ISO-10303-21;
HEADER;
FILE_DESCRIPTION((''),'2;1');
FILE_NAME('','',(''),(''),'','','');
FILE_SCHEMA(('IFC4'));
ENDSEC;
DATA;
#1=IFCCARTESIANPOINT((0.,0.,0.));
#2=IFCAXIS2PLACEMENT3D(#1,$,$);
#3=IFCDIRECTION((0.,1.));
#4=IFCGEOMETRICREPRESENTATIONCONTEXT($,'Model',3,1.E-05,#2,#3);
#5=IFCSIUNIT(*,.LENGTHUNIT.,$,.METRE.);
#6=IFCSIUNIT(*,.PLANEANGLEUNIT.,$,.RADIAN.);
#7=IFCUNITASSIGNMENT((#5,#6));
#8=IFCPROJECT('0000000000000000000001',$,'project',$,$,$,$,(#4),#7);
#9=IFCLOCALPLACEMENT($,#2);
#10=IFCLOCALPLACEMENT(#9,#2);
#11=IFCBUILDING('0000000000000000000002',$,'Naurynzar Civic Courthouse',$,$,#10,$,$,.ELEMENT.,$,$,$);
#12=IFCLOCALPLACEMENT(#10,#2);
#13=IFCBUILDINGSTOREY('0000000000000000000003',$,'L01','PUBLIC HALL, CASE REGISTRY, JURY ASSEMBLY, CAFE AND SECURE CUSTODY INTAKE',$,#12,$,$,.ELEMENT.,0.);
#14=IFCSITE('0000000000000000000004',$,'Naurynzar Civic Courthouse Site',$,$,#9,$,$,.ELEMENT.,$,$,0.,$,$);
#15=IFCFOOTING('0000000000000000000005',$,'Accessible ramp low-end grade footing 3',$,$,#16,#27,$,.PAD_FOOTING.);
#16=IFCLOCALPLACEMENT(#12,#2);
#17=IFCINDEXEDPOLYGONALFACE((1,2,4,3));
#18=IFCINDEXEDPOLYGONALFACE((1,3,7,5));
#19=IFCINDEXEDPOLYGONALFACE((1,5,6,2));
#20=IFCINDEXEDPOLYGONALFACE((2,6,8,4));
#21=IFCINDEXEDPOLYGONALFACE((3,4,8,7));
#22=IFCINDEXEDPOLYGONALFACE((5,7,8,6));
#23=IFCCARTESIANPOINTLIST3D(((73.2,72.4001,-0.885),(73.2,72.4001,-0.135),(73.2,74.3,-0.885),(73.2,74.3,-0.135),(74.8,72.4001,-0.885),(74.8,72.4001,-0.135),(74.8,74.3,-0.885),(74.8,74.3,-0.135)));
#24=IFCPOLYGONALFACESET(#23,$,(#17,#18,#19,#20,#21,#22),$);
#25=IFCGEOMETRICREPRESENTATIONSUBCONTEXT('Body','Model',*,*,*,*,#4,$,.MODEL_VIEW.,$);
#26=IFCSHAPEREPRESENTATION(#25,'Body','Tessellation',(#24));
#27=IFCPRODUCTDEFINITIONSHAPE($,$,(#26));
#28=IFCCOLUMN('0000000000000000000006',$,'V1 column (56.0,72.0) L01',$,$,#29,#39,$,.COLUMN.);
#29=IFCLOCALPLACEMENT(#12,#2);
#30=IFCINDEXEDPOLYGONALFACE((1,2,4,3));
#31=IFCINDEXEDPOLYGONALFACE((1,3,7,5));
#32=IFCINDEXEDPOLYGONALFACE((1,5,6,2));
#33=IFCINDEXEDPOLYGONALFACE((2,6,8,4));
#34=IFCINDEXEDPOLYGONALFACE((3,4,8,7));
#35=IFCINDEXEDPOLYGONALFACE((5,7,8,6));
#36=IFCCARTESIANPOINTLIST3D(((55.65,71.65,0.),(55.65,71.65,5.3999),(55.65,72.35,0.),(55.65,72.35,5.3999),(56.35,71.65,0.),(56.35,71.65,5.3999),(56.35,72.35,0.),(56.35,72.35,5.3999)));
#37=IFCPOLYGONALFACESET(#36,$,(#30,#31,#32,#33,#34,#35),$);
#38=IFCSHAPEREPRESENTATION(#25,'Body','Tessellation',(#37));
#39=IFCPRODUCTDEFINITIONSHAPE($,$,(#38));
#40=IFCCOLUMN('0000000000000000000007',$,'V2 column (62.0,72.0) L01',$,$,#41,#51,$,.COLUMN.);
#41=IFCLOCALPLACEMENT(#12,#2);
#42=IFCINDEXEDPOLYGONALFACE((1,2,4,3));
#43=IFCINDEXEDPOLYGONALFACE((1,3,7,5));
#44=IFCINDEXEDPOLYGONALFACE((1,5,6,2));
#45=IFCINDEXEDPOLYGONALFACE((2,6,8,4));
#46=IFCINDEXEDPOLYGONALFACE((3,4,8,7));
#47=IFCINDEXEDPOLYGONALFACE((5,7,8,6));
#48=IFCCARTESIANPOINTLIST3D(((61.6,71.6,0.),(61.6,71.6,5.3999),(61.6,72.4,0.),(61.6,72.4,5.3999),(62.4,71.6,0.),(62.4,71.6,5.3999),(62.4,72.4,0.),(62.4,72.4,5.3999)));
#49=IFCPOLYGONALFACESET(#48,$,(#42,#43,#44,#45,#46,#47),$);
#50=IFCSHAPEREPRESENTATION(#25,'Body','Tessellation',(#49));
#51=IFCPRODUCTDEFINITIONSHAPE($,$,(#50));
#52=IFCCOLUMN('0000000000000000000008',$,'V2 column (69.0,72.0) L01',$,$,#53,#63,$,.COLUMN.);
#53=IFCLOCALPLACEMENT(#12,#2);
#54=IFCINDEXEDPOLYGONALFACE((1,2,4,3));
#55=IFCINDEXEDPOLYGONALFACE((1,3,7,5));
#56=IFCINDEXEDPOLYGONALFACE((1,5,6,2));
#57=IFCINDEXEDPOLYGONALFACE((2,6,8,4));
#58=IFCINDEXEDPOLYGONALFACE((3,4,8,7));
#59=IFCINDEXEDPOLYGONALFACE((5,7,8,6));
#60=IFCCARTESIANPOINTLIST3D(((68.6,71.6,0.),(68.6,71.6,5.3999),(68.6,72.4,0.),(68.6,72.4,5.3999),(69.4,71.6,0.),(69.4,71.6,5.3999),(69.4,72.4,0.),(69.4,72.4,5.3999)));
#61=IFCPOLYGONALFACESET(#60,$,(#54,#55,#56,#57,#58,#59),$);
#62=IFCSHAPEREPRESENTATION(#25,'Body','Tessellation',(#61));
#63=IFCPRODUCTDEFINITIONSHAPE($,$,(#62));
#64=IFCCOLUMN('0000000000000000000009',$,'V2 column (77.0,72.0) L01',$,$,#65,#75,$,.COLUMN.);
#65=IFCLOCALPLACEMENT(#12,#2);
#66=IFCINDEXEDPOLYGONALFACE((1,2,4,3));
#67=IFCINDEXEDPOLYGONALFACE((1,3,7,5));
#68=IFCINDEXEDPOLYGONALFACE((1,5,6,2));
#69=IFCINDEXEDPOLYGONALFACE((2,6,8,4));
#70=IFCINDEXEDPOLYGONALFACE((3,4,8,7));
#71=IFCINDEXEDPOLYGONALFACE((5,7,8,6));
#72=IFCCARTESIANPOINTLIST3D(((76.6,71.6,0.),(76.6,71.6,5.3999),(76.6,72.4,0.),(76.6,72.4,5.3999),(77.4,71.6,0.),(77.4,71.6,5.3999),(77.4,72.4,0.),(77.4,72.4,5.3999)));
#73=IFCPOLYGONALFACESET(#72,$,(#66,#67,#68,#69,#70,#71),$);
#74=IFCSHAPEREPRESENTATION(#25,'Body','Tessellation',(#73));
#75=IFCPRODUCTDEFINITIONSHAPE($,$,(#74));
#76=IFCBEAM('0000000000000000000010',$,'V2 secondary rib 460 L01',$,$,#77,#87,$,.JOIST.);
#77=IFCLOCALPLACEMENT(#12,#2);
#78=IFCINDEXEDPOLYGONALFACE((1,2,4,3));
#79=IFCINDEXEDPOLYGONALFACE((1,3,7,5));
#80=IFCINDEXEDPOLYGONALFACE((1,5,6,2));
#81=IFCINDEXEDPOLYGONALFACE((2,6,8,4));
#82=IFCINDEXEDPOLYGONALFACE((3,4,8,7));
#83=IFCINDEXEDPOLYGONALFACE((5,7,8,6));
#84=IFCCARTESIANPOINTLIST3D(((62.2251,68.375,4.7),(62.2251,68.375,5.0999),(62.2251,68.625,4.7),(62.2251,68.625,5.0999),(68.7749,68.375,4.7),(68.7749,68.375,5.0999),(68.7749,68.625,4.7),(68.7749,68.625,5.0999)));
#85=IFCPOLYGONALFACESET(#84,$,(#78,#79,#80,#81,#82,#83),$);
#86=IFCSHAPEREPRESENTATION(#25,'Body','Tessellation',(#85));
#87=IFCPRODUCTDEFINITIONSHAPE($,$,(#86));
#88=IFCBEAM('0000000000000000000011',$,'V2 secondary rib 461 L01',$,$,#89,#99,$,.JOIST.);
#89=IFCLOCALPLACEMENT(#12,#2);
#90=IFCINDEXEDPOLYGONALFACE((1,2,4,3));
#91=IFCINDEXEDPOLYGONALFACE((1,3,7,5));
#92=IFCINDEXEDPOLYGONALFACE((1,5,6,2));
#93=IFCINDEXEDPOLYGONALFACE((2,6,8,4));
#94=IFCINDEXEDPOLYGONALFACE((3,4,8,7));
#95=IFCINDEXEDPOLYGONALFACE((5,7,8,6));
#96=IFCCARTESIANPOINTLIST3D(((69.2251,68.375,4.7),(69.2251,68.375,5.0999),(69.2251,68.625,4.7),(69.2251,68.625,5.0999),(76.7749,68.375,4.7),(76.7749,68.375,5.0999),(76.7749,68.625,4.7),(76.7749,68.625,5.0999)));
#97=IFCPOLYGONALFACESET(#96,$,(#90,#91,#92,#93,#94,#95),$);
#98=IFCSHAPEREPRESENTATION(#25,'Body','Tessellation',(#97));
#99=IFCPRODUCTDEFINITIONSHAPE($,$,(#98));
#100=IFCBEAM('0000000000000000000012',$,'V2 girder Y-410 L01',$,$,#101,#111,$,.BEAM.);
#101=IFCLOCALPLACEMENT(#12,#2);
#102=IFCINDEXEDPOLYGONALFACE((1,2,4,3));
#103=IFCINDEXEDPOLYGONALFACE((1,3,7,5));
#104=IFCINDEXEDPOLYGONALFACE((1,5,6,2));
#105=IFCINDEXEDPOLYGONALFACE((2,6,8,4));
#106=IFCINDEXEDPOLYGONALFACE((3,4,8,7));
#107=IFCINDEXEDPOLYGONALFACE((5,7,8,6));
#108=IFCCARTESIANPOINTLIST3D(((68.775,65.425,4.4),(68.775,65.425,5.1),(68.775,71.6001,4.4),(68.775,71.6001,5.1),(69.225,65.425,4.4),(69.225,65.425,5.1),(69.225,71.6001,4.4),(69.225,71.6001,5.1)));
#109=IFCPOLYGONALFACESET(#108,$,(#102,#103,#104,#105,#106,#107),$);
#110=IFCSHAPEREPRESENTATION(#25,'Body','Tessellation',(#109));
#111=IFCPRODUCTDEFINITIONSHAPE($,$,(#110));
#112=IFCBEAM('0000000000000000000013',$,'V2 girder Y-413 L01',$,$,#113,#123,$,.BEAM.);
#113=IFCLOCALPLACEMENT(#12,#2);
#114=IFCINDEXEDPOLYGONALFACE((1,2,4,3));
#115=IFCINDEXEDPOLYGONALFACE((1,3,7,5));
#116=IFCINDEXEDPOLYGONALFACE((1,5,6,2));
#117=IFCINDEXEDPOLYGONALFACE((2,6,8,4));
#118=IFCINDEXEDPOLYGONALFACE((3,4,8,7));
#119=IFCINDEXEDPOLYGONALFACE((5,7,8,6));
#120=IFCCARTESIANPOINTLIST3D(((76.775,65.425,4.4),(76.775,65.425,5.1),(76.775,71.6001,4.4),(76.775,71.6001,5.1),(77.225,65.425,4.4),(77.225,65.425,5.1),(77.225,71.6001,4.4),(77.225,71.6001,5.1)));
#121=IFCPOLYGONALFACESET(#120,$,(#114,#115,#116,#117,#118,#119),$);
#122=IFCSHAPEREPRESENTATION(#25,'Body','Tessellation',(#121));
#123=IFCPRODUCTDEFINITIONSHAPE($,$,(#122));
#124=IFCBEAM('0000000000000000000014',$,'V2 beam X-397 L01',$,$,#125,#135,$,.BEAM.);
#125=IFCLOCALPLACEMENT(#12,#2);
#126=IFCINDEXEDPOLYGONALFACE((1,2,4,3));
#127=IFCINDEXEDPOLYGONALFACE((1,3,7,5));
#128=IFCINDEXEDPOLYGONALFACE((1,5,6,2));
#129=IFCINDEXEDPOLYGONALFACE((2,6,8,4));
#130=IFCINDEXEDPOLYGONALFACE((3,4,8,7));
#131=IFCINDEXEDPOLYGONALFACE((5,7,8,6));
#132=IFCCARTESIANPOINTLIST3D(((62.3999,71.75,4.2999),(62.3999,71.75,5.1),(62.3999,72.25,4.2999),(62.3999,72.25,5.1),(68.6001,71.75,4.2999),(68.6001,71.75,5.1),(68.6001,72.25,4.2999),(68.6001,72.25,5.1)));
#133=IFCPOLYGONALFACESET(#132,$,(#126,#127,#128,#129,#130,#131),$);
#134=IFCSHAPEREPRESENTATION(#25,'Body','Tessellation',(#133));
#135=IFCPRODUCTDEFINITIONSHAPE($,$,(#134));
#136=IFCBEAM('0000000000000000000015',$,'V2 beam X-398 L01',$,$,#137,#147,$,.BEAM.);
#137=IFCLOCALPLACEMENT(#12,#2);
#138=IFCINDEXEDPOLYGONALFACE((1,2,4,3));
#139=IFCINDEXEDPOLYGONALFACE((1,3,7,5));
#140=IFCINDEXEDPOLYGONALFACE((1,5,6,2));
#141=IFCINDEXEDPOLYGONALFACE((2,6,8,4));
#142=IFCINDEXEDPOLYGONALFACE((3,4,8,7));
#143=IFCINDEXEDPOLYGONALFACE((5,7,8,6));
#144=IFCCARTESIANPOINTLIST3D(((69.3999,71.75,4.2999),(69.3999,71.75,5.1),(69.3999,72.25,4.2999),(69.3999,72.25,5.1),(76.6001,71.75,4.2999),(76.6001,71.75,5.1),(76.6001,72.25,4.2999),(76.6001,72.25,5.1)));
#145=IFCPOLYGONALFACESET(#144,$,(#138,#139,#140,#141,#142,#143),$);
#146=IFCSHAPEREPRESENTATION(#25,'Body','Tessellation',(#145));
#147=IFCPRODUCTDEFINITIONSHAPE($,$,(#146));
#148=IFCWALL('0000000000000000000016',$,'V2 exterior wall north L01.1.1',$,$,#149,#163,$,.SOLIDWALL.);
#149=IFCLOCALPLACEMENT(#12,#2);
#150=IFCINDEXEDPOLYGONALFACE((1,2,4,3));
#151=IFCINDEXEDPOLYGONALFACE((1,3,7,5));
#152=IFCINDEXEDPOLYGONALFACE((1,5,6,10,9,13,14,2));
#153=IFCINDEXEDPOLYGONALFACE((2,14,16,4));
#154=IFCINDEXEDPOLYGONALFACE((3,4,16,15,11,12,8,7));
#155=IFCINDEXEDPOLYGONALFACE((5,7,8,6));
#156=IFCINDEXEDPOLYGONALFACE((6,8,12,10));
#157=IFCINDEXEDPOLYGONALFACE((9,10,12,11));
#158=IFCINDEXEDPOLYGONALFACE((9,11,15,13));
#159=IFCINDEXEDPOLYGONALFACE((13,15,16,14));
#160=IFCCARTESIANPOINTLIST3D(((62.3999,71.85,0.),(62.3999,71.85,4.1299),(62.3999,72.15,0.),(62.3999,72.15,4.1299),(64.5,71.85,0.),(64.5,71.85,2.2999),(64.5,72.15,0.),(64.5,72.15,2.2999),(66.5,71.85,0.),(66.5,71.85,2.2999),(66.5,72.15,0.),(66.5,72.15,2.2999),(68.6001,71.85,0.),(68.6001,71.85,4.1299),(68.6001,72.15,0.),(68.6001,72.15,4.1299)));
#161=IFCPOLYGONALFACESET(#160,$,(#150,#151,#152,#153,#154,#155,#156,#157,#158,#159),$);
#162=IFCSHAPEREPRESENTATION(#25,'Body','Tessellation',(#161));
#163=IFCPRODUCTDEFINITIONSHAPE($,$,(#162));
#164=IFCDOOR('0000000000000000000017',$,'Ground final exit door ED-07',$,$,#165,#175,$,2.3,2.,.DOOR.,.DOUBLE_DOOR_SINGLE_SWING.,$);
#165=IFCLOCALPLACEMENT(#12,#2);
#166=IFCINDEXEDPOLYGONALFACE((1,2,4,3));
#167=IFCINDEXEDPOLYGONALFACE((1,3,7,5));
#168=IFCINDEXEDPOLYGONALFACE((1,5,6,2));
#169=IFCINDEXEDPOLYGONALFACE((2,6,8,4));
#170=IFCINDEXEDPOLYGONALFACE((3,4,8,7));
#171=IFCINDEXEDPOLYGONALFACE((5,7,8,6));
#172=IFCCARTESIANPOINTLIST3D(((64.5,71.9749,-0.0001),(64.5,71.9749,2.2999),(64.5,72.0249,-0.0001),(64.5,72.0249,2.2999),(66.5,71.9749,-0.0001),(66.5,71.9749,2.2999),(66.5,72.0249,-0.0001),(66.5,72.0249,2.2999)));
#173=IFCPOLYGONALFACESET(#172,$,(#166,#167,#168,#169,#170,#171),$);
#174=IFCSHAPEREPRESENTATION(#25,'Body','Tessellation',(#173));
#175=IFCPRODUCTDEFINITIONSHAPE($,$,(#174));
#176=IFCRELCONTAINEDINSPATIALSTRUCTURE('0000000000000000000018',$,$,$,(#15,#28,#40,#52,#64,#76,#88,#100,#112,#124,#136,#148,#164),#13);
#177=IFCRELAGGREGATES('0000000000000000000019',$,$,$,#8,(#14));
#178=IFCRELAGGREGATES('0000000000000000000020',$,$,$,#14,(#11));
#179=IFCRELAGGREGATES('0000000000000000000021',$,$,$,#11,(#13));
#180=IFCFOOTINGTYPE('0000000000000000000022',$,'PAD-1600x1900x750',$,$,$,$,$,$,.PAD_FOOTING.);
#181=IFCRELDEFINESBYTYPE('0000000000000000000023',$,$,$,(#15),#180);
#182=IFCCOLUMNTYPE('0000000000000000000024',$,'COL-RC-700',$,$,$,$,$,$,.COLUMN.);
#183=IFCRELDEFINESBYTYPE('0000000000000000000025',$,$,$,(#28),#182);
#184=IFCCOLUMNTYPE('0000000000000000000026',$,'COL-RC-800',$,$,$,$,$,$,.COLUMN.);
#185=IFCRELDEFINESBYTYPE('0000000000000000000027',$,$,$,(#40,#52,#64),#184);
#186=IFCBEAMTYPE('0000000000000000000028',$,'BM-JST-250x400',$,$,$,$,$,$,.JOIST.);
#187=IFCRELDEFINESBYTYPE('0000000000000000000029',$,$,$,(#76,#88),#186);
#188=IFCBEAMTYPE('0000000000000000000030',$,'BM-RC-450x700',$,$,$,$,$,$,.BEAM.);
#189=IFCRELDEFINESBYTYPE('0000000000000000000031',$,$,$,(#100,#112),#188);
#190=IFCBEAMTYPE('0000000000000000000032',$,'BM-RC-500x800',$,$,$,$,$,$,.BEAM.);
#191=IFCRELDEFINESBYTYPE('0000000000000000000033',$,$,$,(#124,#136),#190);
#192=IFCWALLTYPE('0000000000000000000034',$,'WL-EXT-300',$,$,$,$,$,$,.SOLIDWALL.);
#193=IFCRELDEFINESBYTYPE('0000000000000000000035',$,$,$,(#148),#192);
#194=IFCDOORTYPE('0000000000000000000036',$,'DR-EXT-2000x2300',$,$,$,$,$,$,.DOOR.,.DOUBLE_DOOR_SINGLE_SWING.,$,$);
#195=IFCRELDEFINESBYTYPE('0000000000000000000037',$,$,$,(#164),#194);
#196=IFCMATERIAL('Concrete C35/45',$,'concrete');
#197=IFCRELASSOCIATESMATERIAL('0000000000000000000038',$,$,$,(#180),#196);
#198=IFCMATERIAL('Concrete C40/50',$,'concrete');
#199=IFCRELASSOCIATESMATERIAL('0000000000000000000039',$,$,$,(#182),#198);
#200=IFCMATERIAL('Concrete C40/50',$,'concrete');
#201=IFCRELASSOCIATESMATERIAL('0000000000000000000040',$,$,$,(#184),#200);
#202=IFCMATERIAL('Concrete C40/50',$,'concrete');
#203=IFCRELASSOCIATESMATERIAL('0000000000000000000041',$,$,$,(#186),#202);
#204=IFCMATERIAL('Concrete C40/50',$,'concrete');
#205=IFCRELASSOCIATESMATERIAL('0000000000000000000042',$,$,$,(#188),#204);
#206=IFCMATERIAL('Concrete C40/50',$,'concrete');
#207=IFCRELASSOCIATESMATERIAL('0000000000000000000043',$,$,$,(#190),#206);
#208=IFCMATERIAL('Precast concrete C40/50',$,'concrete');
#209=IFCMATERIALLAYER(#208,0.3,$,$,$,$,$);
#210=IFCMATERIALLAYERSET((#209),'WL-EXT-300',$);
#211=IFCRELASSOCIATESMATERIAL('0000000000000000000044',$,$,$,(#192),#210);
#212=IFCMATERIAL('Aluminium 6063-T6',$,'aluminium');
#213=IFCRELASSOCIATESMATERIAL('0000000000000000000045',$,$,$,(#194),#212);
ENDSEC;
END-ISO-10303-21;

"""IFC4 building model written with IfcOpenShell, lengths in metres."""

from ifc_helpers import new_model, si_unit, direction, frame, frame_2d, origin, origin_2d, place, context, subcontext, project, spatial, rectangle, extrude, material, layer, layer_set, material_profile, profile_set, type_object, element, fill, save


model = new_model("IFC4")

# Units and contexts
model_context = context("Model", 3, precision=1e-05, world=origin(), true_north=direction((0.0, 1.0)))
body_context = subcontext(model_context, "Body", "Model", "MODEL_VIEW")
ifc_project = project(units=[si_unit("LENGTHUNIT", "METRE"), si_unit("PLANEANGLEUNIT", "RADIAN")], contexts=[model_context])

# Site, building, storey
site_placement = place(None, origin())
site = spatial("IfcSite", under=ifc_project, at=site_placement, Name="Naurynzar Civic Courthouse Site", CompositionType="ELEMENT", RefElevation=0.0)
building_placement = place(site_placement, origin())
building = spatial("IfcBuilding", under=site, at=building_placement, Name="Naurynzar Civic Courthouse", CompositionType="ELEMENT")
storey_placement = place(building_placement, origin())
storey = spatial("IfcBuildingStorey", under=building, at=storey_placement, Name="L01", Description="PUBLIC HALL, CASE REGISTRY, JURY ASSEMBLY, CAFE AND SECURE CUSTODY INTAKE", CompositionType="ELEMENT", Elevation=0.0)

# Footing
ifc_material_1 = material(Name="Concrete C35/45", Category="concrete")
footing_type = type_object("IfcFootingType", Name="PAD-1600x1900x750", PredefinedType="PAD_FOOTING", material=ifc_material_1)
footing_placement = place(storey_placement, frame((74.0, 73.3501, -0.885), z_axis=(0.0, 0.0, 1.0), x_axis=(1.0, 0.0, 0.0)))
element("IfcFooting", 1, at=footing_placement, inside=storey, type_object=footing_type, Name="Accessible ramp low-end grade footing 3", PredefinedType="PAD_FOOTING", context=body_context, shape_type="SweptSolid", body=[
    extrude(rectangle(XDim=1.6001, YDim=1.8999, at=origin_2d()), origin(), (0.0, 0.0, 1.0), 0.75),
])

# Columns
ifc_material_2 = material(Name="Concrete C40/50", Category="concrete")
ifc_material_profile_1 = material_profile(ifc_material_2, rectangle(XDim=0.7, YDim=0.7, at=origin_2d()), Name="RC 700x700")
ifc_profile_set_1 = profile_set([ifc_material_profile_1], Name="Concrete C40/50")
column_type_1 = type_object("IfcColumnType", Name="COL-RC-700", PredefinedType="COLUMN", material=ifc_profile_set_1)
column_placement = place(storey_placement, frame((56.0, 72.0, 0.0), z_axis=(0.0, 0.0, 1.0), x_axis=(1.0, 0.0, 0.0)))
element("IfcColumn", 2, at=column_placement, inside=storey, type_object=column_type_1, Name="V1 column (56.0,72.0) L01", PredefinedType="COLUMN", context=body_context, shape_type="SweptSolid", body=[
    extrude(rectangle(XDim=0.7, YDim=0.7, at=origin_2d()), origin(), (0.0, 0.0, 1.0), 5.3999),
])
ifc_material_3 = material(Name="Concrete C40/50", Category="concrete")
ifc_material_profile_2 = material_profile(ifc_material_3, rectangle(XDim=0.8, YDim=0.8, at=origin_2d()), Name="RC 800x800")
ifc_profile_set_2 = profile_set([ifc_material_profile_2], Name="Concrete C40/50")
column_type_2 = type_object("IfcColumnType", Name="COL-RC-800", PredefinedType="COLUMN", material=ifc_profile_set_2)
for number, where, z_axis, x_axis, name in (
    (3, (62.0, 72.0, 0.0), (0.0, 0.0, 1.0), (1.0, 0.0, 0.0), "V2 column (62.0,72.0) L01"),
    (4, (69.0, 72.0, 0.0), (0.0, 0.0, 1.0), (1.0, 0.0, 0.0), "V2 column (69.0,72.0) L01"),
    (5, (77.0, 72.0, 0.0), (0.0, 0.0, 1.0), (1.0, 0.0, 0.0), "V2 column (77.0,72.0) L01"),
):
    element("IfcColumn", number, at=place(storey_placement, frame(where, z_axis=z_axis, x_axis=x_axis)), inside=storey, type_object=column_type_2, Name=name, PredefinedType="COLUMN", context=body_context, shape_type="SweptSolid", body=[
        extrude(rectangle(XDim=0.8, YDim=0.8, at=origin_2d()), origin(), (0.0, 0.0, 1.0), 5.3999),
    ])

# Beams
ifc_material_4 = material(Name="Concrete C40/50", Category="concrete")
ifc_material_profile_3 = material_profile(ifc_material_4, rectangle(XDim=0.25, YDim=0.3999, at=origin_2d()), Name="RCB 250x400")
ifc_profile_set_3 = profile_set([ifc_material_profile_3], Name="Concrete C40/50")
beam_type_1 = type_object("IfcBeamType", Name="BM-JST-250x400", PredefinedType="JOIST", material=ifc_profile_set_3)
beam_1_placement = place(storey_placement, frame((62.2251, 68.5, 4.8999), z_axis=(1.0, 0.0, 0.0), x_axis=(0.0, 1.0, 0.0)))
element("IfcBeam", 6, at=beam_1_placement, inside=storey, type_object=beam_type_1, Name="V2 secondary rib 460 L01", PredefinedType="JOIST", context=body_context, shape_type="SweptSolid", body=[
    extrude(rectangle(XDim=0.25, YDim=0.3999, at=origin_2d()), origin(), (0.0, 0.0, 1.0), 6.5498),
])
beam_2_placement = place(storey_placement, frame((69.2251, 68.5, 4.8999), z_axis=(1.0, 0.0, 0.0), x_axis=(0.0, 1.0, 0.0)))
element("IfcBeam", 7, at=beam_2_placement, inside=storey, type_object=beam_type_1, Name="V2 secondary rib 461 L01", PredefinedType="JOIST", context=body_context, shape_type="SweptSolid", body=[
    extrude(rectangle(XDim=0.25, YDim=0.3999, at=origin_2d()), origin(), (0.0, 0.0, 1.0), 7.5498),
])
ifc_material_5 = material(Name="Concrete C40/50", Category="concrete")
ifc_material_profile_4 = material_profile(ifc_material_5, rectangle(XDim=0.45, YDim=0.7, at=origin_2d()), Name="RCB 450x700")
ifc_profile_set_4 = profile_set([ifc_material_profile_4], Name="Concrete C40/50")
beam_type_2 = type_object("IfcBeamType", Name="BM-RC-450x700", PredefinedType="BEAM", material=ifc_profile_set_4)
for number, where, z_axis, x_axis, name in (
    (8, (69.0, 65.425, 4.75), (0.0, 1.0, 0.0), (-1.0, 0.0, 0.0), "V2 girder Y-410 L01"),
    (9, (77.0, 65.425, 4.75), (0.0, 1.0, 0.0), (-1.0, 0.0, 0.0), "V2 girder Y-413 L01"),
):
    element("IfcBeam", number, at=place(storey_placement, frame(where, z_axis=z_axis, x_axis=x_axis)), inside=storey, type_object=beam_type_2, Name=name, PredefinedType="BEAM", context=body_context, shape_type="SweptSolid", body=[
        extrude(rectangle(XDim=0.45, YDim=0.7, at=origin_2d()), origin(), (0.0, 0.0, 1.0), 6.175),
    ])
ifc_material_6 = material(Name="Concrete C40/50", Category="concrete")
ifc_material_profile_5 = material_profile(ifc_material_6, rectangle(XDim=0.5, YDim=0.8, at=origin_2d()), Name="RCB 500x800")
ifc_profile_set_5 = profile_set([ifc_material_profile_5], Name="Concrete C40/50")
beam_type_3 = type_object("IfcBeamType", Name="BM-RC-500x800", PredefinedType="BEAM", material=ifc_profile_set_5)
beam_3_placement = place(storey_placement, frame((62.3999, 72.0, 4.7), z_axis=(1.0, 0.0, 0.0), x_axis=(0.0, 1.0, 0.0)))
element("IfcBeam", 10, at=beam_3_placement, inside=storey, type_object=beam_type_3, Name="V2 beam X-397 L01", PredefinedType="BEAM", context=body_context, shape_type="SweptSolid", body=[
    extrude(rectangle(XDim=0.5, YDim=0.8, at=origin_2d()), origin(), (0.0, 0.0, 1.0), 6.2002),
])
beam_4_placement = place(storey_placement, frame((69.3999, 72.0, 4.7), z_axis=(1.0, 0.0, 0.0), x_axis=(0.0, 1.0, 0.0)))
element("IfcBeam", 11, at=beam_4_placement, inside=storey, type_object=beam_type_3, Name="V2 beam X-398 L01", PredefinedType="BEAM", context=body_context, shape_type="SweptSolid", body=[
    extrude(rectangle(XDim=0.5, YDim=0.8, at=origin_2d()), origin(), (0.0, 0.0, 1.0), 7.2002),
])

# Wall, opening, door
ifc_material_7 = material(Name="Precast concrete C40/50", Category="concrete")
ifc_layer_1 = layer(ifc_material_7, 0.3)
ifc_layer_set_1 = layer_set([ifc_layer_1], Name="WL-EXT-300")
wall_type_1 = type_object("IfcWallType", Name="WL-EXT-300", PredefinedType="SOLIDWALL", material=ifc_layer_set_1)
wall_1_placement = place(storey_placement, frame((62.3999, 72.0, 0.0), z_axis=(0.0, 0.0, 1.0), x_axis=(1.0, 0.0, 0.0)))
wall_1 = element("IfcWall", 12, at=wall_1_placement, inside=storey, type_object=wall_type_1, Name="V2 exterior wall north L01.1.1", PredefinedType="SOLIDWALL", context=body_context, shape_type="SweptSolid", body=[
    extrude(rectangle(XDim=6.2002, YDim=0.3, at=frame_2d((3.1001, 0.0))), origin(), (0.0, 0.0, 1.0), 4.1299),
])
opening_1_placement = place(wall_1_placement, frame((2.1001, 0.0, 0.0)))
opening_1 = element("IfcOpeningElement", 13, at=opening_1_placement, cuts=wall_1, PredefinedType="OPENING", context=body_context, shape_type="SweptSolid", body=[
    extrude(rectangle(XDim=2.0, YDim=2.3, at=frame_2d((1.0, 1.1499))), frame((0.0, 0.1599, 0.0), z_axis=(0.0, -1.0, 0.0), x_axis=(1.0, 0.0, 0.0)), (0.0, 0.0, 1.0), 0.3201),
])
ifc_material_8 = material(Name="Aluminium 6063-T6", Category="aluminium")
door_type_1 = type_object("IfcDoorType", Name="DR-EXT-2000x2300", OperationType="DOUBLE_DOOR_SINGLE_SWING", PredefinedType="DOOR", material=ifc_material_8)
door_1_placement = place(opening_1_placement, origin())
door_1 = element("IfcDoor", 14, at=door_1_placement, inside=storey, type_object=door_type_1, Name="Ground final exit door ED-07", OperationType="DOUBLE_DOOR_SINGLE_SWING", OverallHeight=2.3, OverallWidth=2.0, PredefinedType="DOOR", context=body_context, shape_type="SweptSolid", body=[
    extrude(rectangle(XDim=2.0, YDim=2.3, at=frame_2d((1.0, 1.1499))), frame((0.0, 0.0249, 0.0), z_axis=(0.0, -1.0, 0.0), x_axis=(1.0, 0.0, 0.0)), (0.0, 0.0, 1.0), 0.05),
])
fill(opening_1, door_1)

save(model, "model.ifc")
